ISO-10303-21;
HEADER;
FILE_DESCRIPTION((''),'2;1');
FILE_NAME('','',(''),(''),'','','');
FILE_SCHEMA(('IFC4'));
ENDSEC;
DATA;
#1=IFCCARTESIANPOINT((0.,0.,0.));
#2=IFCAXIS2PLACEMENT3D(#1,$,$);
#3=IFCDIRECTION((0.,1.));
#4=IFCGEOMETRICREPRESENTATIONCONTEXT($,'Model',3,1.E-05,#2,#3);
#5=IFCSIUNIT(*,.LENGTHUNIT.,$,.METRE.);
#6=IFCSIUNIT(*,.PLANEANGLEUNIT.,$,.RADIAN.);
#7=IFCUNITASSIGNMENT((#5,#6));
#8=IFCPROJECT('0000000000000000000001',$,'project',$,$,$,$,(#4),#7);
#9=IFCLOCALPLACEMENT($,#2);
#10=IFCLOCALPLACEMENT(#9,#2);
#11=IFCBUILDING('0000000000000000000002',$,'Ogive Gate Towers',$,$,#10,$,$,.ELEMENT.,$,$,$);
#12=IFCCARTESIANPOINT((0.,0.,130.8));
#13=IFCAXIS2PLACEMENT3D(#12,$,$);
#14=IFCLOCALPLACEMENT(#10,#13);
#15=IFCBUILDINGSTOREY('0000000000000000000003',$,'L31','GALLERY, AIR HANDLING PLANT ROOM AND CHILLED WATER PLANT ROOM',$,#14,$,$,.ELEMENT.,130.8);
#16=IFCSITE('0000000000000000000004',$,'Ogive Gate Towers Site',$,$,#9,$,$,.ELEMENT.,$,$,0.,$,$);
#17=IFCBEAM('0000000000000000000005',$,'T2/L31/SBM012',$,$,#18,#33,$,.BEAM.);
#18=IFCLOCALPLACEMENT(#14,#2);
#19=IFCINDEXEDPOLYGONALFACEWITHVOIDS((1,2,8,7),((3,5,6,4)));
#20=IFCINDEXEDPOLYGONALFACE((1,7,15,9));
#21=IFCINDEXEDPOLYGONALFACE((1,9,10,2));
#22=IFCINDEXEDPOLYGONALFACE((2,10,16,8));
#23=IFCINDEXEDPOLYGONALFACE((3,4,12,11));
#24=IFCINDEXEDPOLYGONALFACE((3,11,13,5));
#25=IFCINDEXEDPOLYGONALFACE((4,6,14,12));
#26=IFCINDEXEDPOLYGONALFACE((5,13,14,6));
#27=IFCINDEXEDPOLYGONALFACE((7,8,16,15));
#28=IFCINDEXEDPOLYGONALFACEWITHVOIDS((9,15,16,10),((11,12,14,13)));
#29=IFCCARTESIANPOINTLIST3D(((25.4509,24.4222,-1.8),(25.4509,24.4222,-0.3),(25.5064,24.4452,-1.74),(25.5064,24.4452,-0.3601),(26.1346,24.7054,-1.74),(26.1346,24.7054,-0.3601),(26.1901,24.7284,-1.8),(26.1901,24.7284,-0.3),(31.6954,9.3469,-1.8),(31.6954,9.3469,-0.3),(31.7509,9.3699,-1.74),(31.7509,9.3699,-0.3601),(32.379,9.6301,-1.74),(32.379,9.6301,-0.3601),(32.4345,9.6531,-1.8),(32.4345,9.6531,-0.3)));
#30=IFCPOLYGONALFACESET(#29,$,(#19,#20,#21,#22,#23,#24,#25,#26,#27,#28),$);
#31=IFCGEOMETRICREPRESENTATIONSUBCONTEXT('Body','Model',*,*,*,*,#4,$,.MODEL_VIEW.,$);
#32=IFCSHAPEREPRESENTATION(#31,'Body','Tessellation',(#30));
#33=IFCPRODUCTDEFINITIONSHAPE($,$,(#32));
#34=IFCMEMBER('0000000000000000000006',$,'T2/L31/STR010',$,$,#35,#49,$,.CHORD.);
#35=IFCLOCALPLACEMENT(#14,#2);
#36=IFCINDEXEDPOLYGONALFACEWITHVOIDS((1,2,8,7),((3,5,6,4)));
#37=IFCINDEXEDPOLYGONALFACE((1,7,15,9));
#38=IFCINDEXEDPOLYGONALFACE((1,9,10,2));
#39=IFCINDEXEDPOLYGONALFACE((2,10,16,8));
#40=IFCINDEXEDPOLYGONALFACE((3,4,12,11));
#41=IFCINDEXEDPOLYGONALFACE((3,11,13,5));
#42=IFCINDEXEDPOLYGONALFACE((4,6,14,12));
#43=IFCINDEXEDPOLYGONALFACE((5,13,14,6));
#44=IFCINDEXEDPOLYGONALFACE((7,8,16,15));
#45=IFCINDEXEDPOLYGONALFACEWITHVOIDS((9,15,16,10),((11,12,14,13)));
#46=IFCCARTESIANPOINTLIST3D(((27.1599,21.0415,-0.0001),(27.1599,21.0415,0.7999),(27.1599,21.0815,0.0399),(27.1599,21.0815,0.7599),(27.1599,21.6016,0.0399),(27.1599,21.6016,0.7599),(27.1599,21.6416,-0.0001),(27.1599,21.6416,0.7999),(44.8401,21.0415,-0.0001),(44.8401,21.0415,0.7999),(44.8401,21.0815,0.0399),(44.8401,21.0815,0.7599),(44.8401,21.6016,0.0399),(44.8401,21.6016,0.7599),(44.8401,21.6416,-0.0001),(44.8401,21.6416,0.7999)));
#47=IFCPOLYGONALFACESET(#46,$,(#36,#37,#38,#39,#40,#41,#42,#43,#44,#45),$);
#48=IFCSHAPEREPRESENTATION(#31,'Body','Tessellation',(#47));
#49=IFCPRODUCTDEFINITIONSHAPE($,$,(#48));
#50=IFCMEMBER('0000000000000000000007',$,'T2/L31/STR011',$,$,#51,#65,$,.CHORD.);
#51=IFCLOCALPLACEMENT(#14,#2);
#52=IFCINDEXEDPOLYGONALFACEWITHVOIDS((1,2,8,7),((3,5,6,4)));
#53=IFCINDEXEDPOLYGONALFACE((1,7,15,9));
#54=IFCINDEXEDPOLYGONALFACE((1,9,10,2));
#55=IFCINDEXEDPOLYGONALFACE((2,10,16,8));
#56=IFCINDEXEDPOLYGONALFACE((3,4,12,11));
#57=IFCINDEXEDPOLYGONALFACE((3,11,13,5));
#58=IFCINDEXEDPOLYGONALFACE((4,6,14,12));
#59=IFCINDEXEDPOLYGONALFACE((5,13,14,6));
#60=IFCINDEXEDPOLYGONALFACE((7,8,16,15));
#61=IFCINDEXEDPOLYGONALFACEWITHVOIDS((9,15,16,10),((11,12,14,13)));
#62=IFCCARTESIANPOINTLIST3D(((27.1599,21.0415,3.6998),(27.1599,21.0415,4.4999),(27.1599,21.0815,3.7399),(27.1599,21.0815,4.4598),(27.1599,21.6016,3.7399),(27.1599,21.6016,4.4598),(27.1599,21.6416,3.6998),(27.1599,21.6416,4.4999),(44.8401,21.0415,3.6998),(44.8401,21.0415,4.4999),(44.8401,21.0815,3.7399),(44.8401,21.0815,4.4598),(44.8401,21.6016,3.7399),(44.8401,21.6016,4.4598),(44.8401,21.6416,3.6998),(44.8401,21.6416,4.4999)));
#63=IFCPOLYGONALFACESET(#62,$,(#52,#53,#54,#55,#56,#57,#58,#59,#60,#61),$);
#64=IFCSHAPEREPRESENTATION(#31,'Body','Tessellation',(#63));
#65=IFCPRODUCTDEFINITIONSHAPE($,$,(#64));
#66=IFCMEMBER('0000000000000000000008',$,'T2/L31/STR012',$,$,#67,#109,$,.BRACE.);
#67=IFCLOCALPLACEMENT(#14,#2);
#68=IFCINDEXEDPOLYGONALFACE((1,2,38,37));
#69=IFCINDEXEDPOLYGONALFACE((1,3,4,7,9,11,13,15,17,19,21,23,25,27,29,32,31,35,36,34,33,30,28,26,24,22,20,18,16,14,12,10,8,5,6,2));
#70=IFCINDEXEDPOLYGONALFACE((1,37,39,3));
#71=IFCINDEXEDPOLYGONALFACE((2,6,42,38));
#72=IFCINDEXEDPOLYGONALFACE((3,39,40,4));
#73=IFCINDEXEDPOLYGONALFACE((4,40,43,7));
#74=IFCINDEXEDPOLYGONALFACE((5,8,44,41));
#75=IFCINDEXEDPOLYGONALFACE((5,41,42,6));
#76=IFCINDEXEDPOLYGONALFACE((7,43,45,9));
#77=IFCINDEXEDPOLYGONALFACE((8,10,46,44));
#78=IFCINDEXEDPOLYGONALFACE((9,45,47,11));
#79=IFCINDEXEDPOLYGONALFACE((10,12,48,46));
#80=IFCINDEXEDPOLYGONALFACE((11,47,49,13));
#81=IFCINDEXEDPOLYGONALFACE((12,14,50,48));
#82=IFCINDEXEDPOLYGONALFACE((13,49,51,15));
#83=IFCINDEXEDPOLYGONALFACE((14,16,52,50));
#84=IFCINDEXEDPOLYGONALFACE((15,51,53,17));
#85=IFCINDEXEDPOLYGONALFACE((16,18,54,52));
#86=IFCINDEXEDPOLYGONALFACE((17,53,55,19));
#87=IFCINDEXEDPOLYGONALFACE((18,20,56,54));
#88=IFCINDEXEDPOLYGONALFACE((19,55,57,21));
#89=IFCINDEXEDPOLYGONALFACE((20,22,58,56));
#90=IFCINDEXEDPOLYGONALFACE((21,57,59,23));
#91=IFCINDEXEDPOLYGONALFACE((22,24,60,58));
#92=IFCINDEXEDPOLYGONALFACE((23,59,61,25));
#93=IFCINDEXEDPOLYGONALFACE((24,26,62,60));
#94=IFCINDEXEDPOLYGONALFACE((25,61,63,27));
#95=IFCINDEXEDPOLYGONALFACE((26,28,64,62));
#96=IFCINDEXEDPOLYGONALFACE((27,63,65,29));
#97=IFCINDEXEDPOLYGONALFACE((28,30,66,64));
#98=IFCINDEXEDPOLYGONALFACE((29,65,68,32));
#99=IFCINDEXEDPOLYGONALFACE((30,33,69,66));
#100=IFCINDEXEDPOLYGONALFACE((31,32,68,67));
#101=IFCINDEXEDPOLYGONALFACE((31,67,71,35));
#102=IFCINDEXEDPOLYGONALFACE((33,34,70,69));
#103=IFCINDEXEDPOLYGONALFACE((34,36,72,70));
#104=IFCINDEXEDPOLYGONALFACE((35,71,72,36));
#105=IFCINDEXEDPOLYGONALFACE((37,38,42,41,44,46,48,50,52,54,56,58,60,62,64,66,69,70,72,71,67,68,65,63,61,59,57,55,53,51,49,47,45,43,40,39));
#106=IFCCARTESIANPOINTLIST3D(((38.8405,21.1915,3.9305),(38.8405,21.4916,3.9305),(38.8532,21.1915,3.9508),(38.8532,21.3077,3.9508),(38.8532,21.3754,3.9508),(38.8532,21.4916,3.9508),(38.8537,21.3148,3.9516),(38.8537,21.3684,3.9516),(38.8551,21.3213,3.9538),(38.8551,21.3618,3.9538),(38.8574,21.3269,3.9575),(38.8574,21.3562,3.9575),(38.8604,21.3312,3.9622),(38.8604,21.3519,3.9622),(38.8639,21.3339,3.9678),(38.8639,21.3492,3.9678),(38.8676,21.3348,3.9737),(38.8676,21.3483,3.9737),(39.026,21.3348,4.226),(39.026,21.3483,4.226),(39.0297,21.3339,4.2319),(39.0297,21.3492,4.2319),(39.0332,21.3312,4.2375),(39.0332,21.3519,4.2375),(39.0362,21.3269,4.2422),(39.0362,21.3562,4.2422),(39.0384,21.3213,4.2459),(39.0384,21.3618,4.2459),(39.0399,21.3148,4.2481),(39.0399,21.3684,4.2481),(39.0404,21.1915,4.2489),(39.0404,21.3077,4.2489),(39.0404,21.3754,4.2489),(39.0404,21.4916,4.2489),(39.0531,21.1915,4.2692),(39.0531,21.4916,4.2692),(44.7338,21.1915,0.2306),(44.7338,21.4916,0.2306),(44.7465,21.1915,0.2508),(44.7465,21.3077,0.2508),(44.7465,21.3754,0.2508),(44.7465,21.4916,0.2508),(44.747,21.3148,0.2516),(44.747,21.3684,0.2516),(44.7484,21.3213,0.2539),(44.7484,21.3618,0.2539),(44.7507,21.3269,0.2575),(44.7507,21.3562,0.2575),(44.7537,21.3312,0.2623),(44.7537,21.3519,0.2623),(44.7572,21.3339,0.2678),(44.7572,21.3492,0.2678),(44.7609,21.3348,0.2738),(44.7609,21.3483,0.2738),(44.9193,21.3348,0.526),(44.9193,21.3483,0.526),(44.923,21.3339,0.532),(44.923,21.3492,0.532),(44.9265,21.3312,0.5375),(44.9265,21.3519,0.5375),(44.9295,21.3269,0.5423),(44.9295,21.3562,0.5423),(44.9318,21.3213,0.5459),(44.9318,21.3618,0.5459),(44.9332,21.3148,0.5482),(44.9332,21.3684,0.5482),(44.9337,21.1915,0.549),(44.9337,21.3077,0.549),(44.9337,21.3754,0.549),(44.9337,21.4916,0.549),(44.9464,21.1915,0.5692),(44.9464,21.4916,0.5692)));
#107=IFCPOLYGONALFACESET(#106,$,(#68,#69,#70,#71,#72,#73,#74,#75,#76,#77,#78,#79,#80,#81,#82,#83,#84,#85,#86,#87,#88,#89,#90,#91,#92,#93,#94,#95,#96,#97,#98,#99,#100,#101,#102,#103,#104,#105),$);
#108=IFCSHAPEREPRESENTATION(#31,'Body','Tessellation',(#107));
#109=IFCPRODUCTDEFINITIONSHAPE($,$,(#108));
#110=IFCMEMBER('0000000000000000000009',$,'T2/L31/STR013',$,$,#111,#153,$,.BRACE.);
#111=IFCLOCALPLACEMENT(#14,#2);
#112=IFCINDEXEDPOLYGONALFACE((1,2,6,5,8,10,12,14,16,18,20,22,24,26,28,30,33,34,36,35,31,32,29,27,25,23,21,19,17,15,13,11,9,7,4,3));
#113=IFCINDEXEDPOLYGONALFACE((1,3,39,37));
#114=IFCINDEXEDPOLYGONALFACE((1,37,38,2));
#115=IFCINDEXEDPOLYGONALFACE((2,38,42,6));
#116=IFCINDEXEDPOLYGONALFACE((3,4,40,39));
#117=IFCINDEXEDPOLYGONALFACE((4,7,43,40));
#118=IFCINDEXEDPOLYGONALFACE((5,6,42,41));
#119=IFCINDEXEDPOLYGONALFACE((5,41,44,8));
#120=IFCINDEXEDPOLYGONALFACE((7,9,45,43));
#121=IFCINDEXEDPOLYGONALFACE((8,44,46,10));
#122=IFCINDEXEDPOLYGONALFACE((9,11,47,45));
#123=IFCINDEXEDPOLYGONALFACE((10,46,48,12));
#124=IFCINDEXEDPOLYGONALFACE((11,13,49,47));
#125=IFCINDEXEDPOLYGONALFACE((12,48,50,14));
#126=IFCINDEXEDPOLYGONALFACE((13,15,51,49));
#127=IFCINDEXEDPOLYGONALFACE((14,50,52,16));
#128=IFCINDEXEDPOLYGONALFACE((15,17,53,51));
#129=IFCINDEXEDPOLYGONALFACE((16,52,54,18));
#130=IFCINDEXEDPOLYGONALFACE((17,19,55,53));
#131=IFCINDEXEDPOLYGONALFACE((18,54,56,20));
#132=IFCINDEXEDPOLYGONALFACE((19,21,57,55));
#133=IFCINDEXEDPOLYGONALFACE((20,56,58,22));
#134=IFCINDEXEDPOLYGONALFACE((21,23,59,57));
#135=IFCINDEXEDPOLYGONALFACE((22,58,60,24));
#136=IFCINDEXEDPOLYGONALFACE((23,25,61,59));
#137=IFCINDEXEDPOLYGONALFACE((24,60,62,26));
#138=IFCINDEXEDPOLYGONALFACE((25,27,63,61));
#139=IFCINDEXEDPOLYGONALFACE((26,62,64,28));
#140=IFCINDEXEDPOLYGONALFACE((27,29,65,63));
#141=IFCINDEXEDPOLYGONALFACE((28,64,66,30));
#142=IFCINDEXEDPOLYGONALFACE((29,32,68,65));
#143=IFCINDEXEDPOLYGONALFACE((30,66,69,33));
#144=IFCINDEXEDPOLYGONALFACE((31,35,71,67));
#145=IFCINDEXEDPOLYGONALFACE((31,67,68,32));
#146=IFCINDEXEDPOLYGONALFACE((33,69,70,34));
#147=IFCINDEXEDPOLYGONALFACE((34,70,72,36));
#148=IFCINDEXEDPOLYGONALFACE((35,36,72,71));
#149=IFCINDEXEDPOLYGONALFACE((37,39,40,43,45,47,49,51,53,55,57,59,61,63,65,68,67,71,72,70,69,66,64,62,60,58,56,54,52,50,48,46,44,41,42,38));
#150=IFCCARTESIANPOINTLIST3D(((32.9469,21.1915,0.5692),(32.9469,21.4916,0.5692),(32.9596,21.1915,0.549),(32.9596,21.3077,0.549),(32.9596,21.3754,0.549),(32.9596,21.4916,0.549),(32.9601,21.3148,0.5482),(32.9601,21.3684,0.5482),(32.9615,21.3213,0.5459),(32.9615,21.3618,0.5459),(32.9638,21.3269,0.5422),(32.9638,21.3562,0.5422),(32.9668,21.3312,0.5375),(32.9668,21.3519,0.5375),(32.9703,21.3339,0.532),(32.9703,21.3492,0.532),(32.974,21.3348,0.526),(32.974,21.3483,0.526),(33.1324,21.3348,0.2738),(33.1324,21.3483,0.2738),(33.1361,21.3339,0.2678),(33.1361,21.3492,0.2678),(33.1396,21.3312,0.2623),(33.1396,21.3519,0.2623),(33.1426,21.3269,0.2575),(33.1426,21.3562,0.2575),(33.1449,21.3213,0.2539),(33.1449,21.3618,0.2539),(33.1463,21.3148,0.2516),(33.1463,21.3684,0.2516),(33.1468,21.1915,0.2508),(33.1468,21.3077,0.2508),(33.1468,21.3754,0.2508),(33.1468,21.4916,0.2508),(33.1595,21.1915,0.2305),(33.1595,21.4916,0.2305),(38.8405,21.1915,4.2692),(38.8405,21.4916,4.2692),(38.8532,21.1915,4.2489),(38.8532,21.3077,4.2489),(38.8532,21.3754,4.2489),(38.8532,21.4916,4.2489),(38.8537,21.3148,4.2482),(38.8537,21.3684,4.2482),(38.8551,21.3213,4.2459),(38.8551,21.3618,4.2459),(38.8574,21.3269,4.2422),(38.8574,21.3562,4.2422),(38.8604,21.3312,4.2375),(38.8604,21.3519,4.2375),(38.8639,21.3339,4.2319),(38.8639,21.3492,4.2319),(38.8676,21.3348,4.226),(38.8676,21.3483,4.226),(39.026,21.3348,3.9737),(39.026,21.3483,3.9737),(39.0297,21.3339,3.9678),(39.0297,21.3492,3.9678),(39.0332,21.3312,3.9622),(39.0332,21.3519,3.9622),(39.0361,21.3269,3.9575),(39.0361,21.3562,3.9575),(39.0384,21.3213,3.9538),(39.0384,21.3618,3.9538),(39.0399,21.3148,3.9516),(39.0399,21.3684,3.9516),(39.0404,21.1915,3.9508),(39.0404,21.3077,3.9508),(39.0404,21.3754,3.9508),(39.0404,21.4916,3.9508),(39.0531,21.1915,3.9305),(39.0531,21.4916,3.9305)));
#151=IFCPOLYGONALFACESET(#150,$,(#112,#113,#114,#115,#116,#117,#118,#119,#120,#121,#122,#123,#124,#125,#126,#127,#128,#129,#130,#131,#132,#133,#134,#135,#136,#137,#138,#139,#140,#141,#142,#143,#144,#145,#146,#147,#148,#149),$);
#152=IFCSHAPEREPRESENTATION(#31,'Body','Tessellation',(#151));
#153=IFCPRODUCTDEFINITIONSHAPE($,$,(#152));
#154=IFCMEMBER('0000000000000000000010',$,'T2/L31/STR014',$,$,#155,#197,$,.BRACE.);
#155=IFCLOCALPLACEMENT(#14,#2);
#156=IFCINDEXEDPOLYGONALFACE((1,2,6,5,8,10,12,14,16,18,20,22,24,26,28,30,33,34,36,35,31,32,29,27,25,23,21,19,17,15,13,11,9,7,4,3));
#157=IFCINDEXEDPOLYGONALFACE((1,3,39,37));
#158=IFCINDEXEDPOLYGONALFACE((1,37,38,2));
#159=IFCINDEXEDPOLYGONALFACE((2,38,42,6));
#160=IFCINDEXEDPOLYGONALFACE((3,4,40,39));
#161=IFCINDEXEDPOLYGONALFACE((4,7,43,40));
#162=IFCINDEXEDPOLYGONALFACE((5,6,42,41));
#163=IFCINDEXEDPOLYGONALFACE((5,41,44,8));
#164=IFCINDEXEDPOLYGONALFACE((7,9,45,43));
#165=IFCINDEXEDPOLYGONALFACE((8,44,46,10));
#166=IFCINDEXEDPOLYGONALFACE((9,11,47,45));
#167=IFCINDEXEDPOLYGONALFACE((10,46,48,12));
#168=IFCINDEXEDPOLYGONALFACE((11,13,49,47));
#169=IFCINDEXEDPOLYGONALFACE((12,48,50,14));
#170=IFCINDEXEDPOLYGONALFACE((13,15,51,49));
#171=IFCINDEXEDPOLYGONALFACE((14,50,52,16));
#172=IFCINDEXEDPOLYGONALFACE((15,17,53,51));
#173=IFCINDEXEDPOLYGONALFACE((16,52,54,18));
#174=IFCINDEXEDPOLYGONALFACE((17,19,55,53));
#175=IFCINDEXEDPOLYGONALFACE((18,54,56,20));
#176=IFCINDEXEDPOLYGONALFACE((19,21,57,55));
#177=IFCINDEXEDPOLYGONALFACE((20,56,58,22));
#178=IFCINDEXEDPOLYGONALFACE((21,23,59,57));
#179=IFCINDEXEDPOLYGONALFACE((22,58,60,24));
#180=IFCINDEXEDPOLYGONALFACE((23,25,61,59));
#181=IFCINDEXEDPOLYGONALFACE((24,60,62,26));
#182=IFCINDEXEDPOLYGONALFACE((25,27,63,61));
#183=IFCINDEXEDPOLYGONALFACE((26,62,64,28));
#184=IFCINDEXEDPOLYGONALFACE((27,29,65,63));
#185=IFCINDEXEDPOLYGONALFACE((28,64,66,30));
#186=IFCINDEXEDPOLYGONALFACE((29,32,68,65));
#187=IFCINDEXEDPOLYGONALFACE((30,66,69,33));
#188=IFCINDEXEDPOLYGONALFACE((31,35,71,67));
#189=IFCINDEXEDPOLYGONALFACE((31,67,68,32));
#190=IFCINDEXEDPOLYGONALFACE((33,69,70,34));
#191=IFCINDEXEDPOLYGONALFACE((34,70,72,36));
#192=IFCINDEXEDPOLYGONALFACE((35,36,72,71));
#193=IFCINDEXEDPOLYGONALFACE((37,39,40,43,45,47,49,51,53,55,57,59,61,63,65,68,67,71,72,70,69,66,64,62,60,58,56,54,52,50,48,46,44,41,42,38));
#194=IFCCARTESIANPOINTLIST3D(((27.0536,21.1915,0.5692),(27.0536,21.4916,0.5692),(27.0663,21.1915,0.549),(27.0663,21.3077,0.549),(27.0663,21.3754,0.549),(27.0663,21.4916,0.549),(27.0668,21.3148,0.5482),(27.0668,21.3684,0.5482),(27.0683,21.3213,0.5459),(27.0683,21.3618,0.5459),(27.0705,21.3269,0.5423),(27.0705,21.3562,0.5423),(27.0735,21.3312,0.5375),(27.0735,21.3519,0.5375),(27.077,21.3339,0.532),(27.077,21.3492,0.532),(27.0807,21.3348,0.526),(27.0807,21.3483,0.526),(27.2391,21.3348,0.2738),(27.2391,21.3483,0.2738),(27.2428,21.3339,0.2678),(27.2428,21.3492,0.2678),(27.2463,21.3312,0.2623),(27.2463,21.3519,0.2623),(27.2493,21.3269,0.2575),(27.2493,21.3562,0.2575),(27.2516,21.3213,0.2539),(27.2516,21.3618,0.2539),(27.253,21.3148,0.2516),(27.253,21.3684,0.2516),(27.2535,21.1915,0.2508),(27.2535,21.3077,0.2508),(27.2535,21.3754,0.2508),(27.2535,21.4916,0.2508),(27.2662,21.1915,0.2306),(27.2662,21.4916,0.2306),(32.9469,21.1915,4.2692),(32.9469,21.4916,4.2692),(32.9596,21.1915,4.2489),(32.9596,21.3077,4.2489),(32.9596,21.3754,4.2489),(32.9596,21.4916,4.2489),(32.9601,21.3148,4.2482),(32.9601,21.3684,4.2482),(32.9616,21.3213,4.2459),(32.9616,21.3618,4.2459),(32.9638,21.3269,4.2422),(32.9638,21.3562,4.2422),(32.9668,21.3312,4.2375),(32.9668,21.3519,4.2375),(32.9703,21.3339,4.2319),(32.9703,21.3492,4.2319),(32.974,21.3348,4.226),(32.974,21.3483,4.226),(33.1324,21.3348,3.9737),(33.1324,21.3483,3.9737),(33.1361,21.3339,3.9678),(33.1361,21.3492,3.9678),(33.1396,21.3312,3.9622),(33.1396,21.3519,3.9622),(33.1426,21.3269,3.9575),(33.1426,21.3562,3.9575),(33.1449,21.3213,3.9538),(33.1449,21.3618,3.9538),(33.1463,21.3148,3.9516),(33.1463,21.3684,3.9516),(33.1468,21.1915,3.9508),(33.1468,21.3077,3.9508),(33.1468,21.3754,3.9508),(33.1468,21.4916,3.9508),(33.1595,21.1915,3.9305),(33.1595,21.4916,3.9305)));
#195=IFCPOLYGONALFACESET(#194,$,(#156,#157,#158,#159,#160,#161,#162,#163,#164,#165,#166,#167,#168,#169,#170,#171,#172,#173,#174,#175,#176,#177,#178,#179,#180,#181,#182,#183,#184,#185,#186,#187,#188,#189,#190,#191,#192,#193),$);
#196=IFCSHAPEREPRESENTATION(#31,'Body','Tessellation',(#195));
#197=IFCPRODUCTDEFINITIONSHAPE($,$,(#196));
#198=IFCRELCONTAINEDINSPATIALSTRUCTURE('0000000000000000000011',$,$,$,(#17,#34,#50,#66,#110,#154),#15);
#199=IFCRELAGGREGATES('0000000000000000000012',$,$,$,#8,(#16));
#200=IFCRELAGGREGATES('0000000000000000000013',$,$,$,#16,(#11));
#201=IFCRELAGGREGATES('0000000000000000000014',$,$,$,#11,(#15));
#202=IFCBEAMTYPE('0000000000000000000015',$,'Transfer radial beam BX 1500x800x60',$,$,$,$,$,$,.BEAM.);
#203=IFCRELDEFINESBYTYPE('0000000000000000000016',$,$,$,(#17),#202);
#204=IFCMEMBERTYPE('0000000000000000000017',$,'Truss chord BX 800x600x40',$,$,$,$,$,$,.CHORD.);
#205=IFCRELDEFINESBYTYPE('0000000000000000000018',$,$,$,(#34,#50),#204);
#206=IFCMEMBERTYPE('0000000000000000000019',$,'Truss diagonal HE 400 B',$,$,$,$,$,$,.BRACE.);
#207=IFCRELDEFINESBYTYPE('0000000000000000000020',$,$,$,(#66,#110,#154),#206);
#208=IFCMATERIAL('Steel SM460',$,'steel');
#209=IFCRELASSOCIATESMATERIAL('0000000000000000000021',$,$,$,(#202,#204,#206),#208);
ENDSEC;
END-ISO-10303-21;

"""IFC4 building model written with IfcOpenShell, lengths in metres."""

from ifc_helpers import new_model, si_unit, direction, frame, origin, origin_2d, place, context, subcontext, project, spatial, hollow_rectangle, i_section, extrude, material, material_profile, profile_set, type_object, element, save


model = new_model("IFC4")

# Units and contexts
model_context = context("Model", 3, precision=1e-05, world=origin(), true_north=direction((0.0, 1.0)))
body_context = subcontext(model_context, "Body", "Model", "MODEL_VIEW")
ifc_project = project(units=[si_unit("LENGTHUNIT", "METRE"), si_unit("PLANEANGLEUNIT", "RADIAN")], contexts=[model_context])

# Site, building, storey
site_placement = place(None, origin())
site = spatial("IfcSite", under=ifc_project, at=site_placement, Name="Ogive Gate Towers Site", CompositionType="ELEMENT", RefElevation=0.0)
building_placement = place(site_placement, origin())
building = spatial("IfcBuilding", under=site, at=building_placement, Name="Ogive Gate Towers", CompositionType="ELEMENT")
storey_placement = place(building_placement, frame((0.0, 0.0, 130.8)))
storey = spatial("IfcBuildingStorey", under=building, at=storey_placement, Name="L31", Description="GALLERY, AIR HANDLING PLANT ROOM AND CHILLED WATER PLANT ROOM", CompositionType="ELEMENT", Elevation=130.8)

# Shared definitions
ifc_material_1 = material(Name="Steel SM460", Category="steel")

# Beam
ifc_material_profile_1 = material_profile(ifc_material_1, hollow_rectangle(XDim=0.8, YDim=1.5, WallThickness=0.0601, at=origin_2d()), Name="BX 1500x800x60")
ifc_profile_set_1 = profile_set([ifc_material_profile_1], Name="Steel SM460")
beam_type_1 = type_object("IfcBeamType", Name="Transfer radial beam BX 1500x800x60", PredefinedType="BEAM", material=ifc_profile_set_1)
for number, where, z_axis, x_axis, name in (
    (1, (32.0649, 9.5, -1.05), (-0.382685, 0.923879, 0.0), (-0.923879, -0.382685, 0.0), "T2/L31/SBM012"),
):
    element("IfcBeam", number, at=place(storey_placement, frame(where, z_axis=z_axis, x_axis=x_axis)), inside=storey, type_object=beam_type_1, Name=name, PredefinedType="BEAM", context=body_context, shape_type="SweptSolid", body=[
        extrude(hollow_rectangle(XDim=0.8, YDim=1.5, WallThickness=0.0601, at=origin_2d()), origin(), (0.0, 0.0, 1.0), 16.3174),
    ])

# Members
ifc_material_profile_2 = material_profile(ifc_material_1, hollow_rectangle(XDim=0.6001, YDim=0.8, WallThickness=0.04, at=origin_2d()), Name="BX 800x600x40")
ifc_profile_set_2 = profile_set([ifc_material_profile_2], Name="Steel SM460")
member_type_1 = type_object("IfcMemberType", Name="Truss chord BX 800x600x40", PredefinedType="CHORD", material=ifc_profile_set_2)
for number, where, z_axis, x_axis, name in (
    (2, (44.8401, 21.3416, 0.3999), (-1.0, 0.0, 0.0), (0.0, -1.0, 0.0), "T2/L31/STR010"),
    (3, (44.8401, 21.3416, 4.0999), (-1.0, 0.0, 0.0), (0.0, -1.0, 0.0), "T2/L31/STR011"),
):
    element("IfcMember", number, at=place(storey_placement, frame(where, z_axis=z_axis, x_axis=x_axis)), inside=storey, type_object=member_type_1, Name=name, PredefinedType="CHORD", context=body_context, shape_type="SweptSolid", body=[
        extrude(hollow_rectangle(XDim=0.6001, YDim=0.8, WallThickness=0.04, at=origin_2d()), origin(), (0.0, 0.0, 1.0), 17.6802),
    ])
ifc_material_profile_3 = material_profile(ifc_material_1, i_section(OverallWidth=0.3, OverallDepth=0.3999, WebThickness=0.0134, FlangeThickness=0.0239, FilletRadius=0.0271, at=origin_2d()), Name="HE 400 B")
ifc_profile_set_3 = profile_set([ifc_material_profile_3], Name="Steel SM460")
member_type_2 = type_object("IfcMemberType", Name="Truss diagonal HE 400 B", PredefinedType="BRACE", material=ifc_profile_set_3)
member_1_placement = place(storey_placement, frame((44.8401, 21.3416, 0.3999), z_axis=(-0.846922, 0.0, 0.531717), x_axis=(0.0, -1.0, 0.0)))
element("IfcMember", 4, at=member_1_placement, inside=storey, type_object=member_type_2, Name="T2/L31/STR012", PredefinedType="BRACE", context=body_context, shape_type="SweptSolid", body=[
    extrude(i_section(OverallWidth=0.3, OverallDepth=0.3999, WebThickness=0.0134, FlangeThickness=0.0239, FilletRadius=0.0271, at=origin_2d()), origin(), (0.0, 0.0, 1.0), 6.9585),
])
member_2_placement = place(storey_placement, frame((38.9468, 21.3416, 4.0999), z_axis=(-0.846932, 0.0, -0.531701), x_axis=(0.0, -1.0, 0.0)))
element("IfcMember", 5, at=member_2_placement, inside=storey, type_object=member_type_2, Name="T2/L31/STR013", PredefinedType="BRACE", context=body_context, shape_type="SweptSolid", body=[
    extrude(i_section(OverallWidth=0.3, OverallDepth=0.3999, WebThickness=0.0134, FlangeThickness=0.0239, FilletRadius=0.0271, at=origin_2d()), origin(), (0.0, 0.0, 1.0), 6.9587),
])
member_3_placement = place(storey_placement, frame((33.0532, 21.3416, 4.0999), z_axis=(-0.846922, 0.0, -0.531717), x_axis=(0.0, -1.0, 0.0)))
element("IfcMember", 6, at=member_3_placement, inside=storey, type_object=member_type_2, Name="T2/L31/STR014", PredefinedType="BRACE", context=body_context, shape_type="SweptSolid", body=[
    extrude(i_section(OverallWidth=0.3, OverallDepth=0.3999, WebThickness=0.0134, FlangeThickness=0.0239, FilletRadius=0.0271, at=origin_2d()), origin(), (0.0, 0.0, 1.0), 6.9585),
])

save(model, "model.ifc")
